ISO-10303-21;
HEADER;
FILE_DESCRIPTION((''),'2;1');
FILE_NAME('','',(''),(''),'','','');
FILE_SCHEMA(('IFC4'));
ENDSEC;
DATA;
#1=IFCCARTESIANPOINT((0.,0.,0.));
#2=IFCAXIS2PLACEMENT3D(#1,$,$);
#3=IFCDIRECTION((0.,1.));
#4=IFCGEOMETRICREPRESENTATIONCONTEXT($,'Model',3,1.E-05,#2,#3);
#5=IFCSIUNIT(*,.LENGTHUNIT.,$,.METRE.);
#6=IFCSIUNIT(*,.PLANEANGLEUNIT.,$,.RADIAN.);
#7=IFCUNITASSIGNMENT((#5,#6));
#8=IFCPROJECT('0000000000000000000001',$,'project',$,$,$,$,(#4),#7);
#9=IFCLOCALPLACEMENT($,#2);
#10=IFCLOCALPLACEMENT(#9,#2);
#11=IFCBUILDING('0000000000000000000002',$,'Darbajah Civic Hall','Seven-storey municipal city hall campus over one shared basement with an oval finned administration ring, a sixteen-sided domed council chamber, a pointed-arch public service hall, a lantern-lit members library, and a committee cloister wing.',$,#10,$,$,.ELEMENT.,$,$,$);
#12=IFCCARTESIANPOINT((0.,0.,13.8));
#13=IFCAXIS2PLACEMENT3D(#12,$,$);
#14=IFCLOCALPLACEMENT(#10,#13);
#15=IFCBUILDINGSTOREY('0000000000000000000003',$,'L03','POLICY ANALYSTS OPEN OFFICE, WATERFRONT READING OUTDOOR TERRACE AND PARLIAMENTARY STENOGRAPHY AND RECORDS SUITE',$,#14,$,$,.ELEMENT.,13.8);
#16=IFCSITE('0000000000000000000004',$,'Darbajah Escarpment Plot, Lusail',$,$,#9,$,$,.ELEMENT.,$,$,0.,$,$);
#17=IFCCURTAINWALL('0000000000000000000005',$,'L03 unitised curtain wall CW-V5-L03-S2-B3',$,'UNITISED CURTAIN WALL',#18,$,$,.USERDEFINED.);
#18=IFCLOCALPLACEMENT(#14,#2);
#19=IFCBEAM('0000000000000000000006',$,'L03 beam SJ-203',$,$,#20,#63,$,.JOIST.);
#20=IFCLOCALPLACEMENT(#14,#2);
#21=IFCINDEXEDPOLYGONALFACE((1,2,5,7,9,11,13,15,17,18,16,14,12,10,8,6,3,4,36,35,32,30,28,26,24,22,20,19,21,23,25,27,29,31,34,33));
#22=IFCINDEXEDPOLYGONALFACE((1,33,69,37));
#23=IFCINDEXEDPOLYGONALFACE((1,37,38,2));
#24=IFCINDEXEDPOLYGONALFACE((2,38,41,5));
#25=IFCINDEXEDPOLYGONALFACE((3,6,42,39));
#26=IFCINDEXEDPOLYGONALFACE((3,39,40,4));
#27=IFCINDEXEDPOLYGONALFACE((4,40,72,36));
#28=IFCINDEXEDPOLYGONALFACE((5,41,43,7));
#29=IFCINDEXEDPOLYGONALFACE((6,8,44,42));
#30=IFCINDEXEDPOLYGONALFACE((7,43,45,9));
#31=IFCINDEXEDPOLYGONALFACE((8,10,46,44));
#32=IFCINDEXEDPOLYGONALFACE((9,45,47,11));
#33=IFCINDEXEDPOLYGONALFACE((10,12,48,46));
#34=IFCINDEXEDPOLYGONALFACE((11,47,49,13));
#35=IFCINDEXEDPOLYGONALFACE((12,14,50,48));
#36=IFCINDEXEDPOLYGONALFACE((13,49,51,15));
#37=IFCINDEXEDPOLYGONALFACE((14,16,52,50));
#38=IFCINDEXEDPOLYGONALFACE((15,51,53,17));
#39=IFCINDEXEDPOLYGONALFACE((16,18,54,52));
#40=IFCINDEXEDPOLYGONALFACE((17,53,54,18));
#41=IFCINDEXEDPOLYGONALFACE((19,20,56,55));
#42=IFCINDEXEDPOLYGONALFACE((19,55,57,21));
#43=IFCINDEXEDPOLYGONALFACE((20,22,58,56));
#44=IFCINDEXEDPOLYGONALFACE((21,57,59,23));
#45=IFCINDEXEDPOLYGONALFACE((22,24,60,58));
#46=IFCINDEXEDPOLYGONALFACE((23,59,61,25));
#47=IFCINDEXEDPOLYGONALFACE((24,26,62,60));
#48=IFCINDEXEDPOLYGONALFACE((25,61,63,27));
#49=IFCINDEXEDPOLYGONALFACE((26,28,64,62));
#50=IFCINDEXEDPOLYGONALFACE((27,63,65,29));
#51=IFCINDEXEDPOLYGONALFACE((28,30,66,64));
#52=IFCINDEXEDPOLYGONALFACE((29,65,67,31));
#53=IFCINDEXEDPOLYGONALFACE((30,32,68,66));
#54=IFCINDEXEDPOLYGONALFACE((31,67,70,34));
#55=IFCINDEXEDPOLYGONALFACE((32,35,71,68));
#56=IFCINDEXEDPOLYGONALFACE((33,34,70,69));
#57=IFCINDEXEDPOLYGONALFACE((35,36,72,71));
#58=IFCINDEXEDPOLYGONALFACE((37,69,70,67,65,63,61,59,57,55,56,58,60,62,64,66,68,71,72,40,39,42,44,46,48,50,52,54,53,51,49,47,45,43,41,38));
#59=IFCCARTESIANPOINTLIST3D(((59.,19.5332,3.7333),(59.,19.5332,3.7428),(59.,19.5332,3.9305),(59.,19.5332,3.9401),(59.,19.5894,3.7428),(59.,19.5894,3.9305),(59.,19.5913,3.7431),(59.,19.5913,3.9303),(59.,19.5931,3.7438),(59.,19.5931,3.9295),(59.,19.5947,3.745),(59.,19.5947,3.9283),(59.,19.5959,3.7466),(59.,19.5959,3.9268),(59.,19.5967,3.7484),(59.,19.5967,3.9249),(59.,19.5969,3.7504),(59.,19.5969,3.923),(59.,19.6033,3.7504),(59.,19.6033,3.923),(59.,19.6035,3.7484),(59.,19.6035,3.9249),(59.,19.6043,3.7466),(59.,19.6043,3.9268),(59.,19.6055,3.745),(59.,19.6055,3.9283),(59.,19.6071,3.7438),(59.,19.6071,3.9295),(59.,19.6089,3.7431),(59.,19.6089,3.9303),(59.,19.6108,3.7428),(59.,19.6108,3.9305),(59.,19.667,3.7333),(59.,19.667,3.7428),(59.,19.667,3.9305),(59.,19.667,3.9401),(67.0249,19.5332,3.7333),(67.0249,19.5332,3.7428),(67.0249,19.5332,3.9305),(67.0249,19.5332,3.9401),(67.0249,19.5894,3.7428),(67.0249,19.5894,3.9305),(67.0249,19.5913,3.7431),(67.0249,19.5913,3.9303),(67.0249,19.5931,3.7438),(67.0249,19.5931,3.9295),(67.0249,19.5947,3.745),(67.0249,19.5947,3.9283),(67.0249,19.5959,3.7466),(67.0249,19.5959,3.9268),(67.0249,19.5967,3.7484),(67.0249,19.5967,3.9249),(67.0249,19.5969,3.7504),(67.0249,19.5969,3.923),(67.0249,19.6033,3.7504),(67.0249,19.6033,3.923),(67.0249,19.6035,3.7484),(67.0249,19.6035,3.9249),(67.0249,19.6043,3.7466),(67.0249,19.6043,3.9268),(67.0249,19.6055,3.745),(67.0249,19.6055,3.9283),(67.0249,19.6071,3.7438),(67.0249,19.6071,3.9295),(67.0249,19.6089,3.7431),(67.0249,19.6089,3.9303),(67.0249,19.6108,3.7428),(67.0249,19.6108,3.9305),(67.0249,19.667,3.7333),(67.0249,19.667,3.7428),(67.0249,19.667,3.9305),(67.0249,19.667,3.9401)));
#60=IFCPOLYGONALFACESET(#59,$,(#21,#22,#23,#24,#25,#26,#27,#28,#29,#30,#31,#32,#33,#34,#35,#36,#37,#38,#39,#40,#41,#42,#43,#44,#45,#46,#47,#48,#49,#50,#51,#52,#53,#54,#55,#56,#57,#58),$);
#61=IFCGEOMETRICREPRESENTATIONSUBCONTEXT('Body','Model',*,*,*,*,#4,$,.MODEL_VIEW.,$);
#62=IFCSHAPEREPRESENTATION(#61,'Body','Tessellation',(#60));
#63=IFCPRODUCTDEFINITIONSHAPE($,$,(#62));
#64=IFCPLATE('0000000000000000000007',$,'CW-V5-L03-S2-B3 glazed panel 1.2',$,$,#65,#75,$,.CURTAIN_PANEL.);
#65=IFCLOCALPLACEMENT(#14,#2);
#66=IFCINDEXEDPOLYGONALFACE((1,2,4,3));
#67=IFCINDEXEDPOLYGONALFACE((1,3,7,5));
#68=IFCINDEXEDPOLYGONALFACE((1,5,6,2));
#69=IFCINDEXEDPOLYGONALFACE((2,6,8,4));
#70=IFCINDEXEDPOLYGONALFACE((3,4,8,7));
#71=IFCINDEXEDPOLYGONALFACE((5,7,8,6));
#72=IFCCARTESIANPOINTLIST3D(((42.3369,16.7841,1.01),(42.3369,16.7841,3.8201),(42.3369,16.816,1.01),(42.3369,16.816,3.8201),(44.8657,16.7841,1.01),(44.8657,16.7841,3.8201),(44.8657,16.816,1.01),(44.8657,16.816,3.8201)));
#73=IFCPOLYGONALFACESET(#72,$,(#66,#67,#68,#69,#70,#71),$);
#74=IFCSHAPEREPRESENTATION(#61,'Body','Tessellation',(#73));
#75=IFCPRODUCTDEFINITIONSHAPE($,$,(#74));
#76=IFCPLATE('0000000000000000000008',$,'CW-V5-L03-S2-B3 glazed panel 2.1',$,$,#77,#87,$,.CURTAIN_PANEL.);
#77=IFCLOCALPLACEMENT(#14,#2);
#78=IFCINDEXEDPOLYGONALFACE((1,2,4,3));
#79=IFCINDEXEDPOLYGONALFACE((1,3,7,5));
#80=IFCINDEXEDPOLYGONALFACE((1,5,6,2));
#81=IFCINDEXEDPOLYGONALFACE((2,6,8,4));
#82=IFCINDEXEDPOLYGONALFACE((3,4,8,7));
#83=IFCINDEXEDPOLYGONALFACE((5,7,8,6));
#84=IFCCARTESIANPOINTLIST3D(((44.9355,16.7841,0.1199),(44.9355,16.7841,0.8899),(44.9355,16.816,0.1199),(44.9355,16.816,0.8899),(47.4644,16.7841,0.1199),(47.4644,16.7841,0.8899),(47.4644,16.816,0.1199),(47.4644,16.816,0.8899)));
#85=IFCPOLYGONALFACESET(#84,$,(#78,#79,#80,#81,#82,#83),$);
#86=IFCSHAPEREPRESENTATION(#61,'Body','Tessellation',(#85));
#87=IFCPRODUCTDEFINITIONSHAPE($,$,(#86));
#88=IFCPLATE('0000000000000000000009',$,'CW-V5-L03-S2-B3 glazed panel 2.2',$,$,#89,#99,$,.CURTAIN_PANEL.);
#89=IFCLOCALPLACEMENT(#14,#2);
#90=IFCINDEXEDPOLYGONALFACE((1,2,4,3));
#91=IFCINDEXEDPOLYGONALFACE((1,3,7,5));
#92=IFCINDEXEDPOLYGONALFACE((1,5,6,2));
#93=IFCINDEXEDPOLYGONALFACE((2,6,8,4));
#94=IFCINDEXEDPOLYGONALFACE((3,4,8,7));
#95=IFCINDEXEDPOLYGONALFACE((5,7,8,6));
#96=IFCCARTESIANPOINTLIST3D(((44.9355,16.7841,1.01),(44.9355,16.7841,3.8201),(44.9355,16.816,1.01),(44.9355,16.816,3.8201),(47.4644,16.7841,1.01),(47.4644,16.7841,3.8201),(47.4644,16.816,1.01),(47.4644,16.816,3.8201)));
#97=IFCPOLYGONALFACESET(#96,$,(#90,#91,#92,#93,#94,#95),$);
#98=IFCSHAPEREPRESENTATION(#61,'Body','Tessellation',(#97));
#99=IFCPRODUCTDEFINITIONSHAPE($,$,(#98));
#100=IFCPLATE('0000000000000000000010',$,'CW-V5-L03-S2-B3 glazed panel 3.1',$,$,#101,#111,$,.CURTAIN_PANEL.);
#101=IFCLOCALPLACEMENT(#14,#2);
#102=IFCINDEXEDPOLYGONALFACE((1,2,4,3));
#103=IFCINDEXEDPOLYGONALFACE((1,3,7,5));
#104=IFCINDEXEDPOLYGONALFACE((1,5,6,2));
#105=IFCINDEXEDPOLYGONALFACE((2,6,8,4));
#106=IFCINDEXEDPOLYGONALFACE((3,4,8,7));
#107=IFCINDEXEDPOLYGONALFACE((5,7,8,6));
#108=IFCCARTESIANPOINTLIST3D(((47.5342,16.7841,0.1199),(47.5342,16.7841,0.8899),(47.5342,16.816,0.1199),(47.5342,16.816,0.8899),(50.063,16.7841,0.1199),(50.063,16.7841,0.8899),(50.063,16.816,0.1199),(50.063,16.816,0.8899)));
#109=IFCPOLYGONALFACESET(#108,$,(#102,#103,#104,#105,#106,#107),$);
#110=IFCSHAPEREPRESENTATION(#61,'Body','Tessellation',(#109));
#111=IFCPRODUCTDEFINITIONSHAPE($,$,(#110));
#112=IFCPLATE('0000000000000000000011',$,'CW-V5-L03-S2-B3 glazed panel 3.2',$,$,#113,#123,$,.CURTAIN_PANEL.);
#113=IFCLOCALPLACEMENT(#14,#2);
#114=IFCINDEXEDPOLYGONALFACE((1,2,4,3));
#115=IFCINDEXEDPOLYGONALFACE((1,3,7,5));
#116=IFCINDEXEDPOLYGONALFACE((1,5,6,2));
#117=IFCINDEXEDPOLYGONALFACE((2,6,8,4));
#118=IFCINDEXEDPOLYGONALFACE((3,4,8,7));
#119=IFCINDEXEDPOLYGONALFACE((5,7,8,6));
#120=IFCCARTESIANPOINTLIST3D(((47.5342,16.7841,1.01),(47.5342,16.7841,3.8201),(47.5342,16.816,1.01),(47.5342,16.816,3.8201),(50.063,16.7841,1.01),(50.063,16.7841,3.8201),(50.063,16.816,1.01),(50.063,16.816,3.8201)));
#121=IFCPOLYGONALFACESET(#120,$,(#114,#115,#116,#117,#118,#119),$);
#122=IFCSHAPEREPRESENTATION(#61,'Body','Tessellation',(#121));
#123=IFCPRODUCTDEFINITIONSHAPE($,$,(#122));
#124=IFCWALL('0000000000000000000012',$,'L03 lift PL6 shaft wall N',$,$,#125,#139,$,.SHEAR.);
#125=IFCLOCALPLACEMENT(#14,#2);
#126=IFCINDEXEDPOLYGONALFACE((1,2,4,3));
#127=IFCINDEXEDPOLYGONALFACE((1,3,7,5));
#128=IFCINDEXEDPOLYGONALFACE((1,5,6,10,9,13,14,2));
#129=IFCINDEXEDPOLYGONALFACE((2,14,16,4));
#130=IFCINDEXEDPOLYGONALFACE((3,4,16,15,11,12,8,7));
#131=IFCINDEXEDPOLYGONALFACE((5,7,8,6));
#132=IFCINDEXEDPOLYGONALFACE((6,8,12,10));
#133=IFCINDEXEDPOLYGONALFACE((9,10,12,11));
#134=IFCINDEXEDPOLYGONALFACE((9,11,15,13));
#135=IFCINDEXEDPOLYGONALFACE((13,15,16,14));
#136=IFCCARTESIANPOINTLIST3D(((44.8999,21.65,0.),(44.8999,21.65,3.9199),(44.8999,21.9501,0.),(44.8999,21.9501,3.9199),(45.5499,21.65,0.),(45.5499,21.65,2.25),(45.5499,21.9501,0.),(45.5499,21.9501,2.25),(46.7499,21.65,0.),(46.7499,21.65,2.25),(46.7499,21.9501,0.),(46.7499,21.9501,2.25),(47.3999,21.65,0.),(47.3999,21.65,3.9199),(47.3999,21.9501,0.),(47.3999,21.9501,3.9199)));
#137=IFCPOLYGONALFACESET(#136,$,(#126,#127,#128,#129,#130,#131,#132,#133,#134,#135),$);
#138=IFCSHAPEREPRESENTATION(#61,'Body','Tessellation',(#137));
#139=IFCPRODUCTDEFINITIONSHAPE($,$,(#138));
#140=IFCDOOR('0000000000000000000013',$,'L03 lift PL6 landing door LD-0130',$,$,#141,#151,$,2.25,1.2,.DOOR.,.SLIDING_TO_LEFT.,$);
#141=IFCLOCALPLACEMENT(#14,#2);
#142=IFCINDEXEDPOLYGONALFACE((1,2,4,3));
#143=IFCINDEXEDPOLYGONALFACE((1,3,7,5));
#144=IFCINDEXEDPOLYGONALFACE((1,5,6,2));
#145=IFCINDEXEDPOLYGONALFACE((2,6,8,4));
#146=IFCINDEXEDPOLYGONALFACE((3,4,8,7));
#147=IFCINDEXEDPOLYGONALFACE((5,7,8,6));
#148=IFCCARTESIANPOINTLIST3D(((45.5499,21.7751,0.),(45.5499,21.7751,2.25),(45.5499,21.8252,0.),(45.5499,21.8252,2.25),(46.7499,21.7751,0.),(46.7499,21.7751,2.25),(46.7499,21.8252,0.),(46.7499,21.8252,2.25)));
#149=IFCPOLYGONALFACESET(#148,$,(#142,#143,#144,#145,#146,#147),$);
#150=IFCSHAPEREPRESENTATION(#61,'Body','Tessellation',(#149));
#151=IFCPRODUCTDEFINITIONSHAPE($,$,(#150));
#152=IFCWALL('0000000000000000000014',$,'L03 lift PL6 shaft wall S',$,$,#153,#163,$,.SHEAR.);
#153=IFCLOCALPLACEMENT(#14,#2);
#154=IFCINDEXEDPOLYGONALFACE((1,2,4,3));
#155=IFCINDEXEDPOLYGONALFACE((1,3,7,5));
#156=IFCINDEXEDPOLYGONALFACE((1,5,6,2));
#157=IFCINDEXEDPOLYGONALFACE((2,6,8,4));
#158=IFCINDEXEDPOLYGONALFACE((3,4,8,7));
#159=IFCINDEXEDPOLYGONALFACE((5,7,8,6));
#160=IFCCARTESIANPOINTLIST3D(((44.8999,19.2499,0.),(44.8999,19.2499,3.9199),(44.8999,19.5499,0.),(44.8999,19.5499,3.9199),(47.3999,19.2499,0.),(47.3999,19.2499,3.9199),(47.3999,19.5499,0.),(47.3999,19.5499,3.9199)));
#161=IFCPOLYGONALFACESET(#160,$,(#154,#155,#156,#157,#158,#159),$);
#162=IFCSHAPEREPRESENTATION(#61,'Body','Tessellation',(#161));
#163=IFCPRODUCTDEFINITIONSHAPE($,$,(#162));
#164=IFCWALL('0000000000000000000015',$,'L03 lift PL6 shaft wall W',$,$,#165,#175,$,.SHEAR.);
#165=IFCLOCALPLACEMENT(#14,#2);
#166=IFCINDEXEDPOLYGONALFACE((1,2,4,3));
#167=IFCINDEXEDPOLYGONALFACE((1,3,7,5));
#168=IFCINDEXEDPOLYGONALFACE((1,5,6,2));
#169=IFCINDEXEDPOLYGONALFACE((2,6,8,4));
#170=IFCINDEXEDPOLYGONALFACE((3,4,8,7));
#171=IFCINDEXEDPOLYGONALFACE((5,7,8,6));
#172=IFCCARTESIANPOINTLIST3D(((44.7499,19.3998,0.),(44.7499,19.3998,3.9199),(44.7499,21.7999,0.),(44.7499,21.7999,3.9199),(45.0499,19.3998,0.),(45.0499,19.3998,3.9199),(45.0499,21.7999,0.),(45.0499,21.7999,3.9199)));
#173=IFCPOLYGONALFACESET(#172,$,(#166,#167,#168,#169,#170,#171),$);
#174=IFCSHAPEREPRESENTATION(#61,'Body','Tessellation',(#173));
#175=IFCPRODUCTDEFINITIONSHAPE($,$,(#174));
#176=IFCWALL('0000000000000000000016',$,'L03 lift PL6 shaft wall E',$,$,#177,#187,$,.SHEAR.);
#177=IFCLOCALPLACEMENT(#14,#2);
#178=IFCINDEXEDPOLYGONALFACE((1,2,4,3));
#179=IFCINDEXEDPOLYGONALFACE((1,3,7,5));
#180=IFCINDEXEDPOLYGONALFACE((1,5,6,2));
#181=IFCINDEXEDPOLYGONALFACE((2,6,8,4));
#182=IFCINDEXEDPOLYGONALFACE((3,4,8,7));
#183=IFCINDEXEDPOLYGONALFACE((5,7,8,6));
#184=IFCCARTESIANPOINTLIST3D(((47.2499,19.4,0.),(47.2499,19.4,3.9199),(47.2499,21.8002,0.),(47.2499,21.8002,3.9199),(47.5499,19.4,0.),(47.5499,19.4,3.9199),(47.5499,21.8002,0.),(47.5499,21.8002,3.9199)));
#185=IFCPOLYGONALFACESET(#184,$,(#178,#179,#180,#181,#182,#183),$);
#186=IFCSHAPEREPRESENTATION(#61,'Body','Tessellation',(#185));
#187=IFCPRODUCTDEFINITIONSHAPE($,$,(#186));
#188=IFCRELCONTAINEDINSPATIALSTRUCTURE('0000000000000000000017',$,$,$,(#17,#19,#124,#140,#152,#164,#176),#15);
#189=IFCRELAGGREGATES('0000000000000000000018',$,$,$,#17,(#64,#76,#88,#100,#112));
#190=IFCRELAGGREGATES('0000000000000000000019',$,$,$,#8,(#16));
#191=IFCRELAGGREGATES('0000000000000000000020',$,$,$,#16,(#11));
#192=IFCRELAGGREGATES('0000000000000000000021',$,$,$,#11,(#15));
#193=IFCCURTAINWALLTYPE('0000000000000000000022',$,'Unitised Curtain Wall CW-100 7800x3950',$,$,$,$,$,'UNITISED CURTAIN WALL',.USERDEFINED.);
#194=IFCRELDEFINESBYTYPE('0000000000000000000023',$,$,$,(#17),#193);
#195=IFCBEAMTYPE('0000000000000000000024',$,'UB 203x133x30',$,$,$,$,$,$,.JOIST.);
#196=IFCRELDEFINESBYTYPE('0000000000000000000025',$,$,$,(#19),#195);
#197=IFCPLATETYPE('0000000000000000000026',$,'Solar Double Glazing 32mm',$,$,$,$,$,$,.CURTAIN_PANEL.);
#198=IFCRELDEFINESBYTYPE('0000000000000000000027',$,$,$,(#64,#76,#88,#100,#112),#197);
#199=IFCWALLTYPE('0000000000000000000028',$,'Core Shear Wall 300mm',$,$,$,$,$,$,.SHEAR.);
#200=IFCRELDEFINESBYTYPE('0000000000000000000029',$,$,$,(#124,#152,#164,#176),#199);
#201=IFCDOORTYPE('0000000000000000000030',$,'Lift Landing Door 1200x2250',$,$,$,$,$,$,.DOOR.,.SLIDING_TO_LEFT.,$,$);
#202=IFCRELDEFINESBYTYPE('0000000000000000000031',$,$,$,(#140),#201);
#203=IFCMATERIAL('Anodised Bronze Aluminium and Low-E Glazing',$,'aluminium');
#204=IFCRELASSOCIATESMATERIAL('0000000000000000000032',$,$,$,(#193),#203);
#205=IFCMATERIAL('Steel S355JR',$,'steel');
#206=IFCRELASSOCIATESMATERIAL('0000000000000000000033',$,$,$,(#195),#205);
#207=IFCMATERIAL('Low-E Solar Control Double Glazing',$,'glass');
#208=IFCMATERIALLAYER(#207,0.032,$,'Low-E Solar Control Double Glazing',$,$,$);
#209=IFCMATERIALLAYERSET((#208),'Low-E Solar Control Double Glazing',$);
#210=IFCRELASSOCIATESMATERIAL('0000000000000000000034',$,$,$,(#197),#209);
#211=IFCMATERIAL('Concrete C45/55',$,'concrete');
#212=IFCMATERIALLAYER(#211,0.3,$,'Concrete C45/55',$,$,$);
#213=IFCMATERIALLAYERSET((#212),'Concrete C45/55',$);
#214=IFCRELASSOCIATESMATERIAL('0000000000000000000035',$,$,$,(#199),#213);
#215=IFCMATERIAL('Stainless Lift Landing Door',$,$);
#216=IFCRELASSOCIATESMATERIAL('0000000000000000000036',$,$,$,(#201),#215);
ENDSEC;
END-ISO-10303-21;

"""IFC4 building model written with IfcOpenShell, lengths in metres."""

from ifc_helpers import new_model, si_unit, direction, frame, frame_2d, origin, origin_2d, place, context, subcontext, project, spatial, rectangle, i_section, extrude, material, layer, layer_set, material_profile, profile_set, type_object, element, fill, aggregate, save


model = new_model("IFC4")

# Units and contexts
model_context = context("Model", 3, precision=1e-05, world=origin(), true_north=direction((0.0, 1.0)))
body_context = subcontext(model_context, "Body", "Model", "MODEL_VIEW")
ifc_project = project(units=[si_unit("LENGTHUNIT", "METRE"), si_unit("PLANEANGLEUNIT", "RADIAN")], contexts=[model_context])

# Site, building, storey
site_placement = place(None, origin())
site = spatial("IfcSite", under=ifc_project, at=site_placement, Name="Darbajah Escarpment Plot, Lusail", CompositionType="ELEMENT", RefElevation=0.0)
building_placement = place(site_placement, origin())
building = spatial("IfcBuilding", under=site, at=building_placement, Name="Darbajah Civic Hall", Description="Seven-storey municipal city hall campus over one shared basement with an oval finned administration ring, a sixteen-sided domed council chamber, a pointed-arch public service hall, a lantern-lit members library, and a committee cloister wing.", CompositionType="ELEMENT")
storey_placement = place(building_placement, frame((0.0, 0.0, 13.8)))
storey = spatial("IfcBuildingStorey", under=building, at=storey_placement, Name="L03", Description="POLICY ANALYSTS OPEN OFFICE, WATERFRONT READING OUTDOOR TERRACE AND PARLIAMENTARY STENOGRAPHY AND RECORDS SUITE", CompositionType="ELEMENT", Elevation=13.8)

# Shared definitions
ifc_material_1 = material(Name="Concrete C45/55", Category="concrete")

# Curtain wall
ifc_material_2 = material(Name="Anodised Bronze Aluminium and Low-E Glazing", Category="aluminium")
curtain_wall_type = type_object("IfcCurtainWallType", Name="Unitised Curtain Wall CW-100 7800x3950", ElementType="UNITISED CURTAIN WALL", PredefinedType="USERDEFINED", material=ifc_material_2)
curtain_wall_placement = place(storey_placement, origin())
curtain_wall = element("IfcCurtainWall", 1, at=curtain_wall_placement, inside=storey, type_object=curtain_wall_type, Name="L03 unitised curtain wall CW-V5-L03-S2-B3", ObjectType="UNITISED CURTAIN WALL", PredefinedType="USERDEFINED")

# Beam
ifc_material_3 = material(Name="Steel S355JR", Category="steel")
ifc_material_profile_1 = material_profile(ifc_material_3, i_section(OverallWidth=0.1338, OverallDepth=0.2068, WebThickness=0.0063, FlangeThickness=0.0095, FilletRadius=0.0076, at=origin_2d()), Name="UB 203x133x30")
ifc_profile_set_1 = profile_set([ifc_material_profile_1], Name="Steel S355JR")
beam_type_1 = type_object("IfcBeamType", Name="UB 203x133x30", PredefinedType="JOIST", material=ifc_profile_set_1)
beam_1_placement = place(storey_placement, frame((59.0, 19.6001, 3.8367), z_axis=(1.0, 0.0, 0.0), x_axis=(0.0, 1.0, 0.0)))
element("IfcBeam", 2, at=beam_1_placement, inside=storey, type_object=beam_type_1, Name="L03 beam SJ-203", PredefinedType="JOIST", context=body_context, shape_type="SweptSolid", body=[
    extrude(i_section(OverallWidth=0.1338, OverallDepth=0.2068, WebThickness=0.0063, FlangeThickness=0.0095, FilletRadius=0.0076, at=origin_2d()), origin(), (0.0, 0.0, 1.0), 8.0249),
])

# Plates
ifc_material_4 = material(Name="Low-E Solar Control Double Glazing", Category="glass")
ifc_layer_1 = layer(ifc_material_4, 0.032, Name="Low-E Solar Control Double Glazing")
ifc_layer_set_1 = layer_set([ifc_layer_1], Name="Low-E Solar Control Double Glazing")
plate_type = type_object("IfcPlateType", Name="Solar Double Glazing 32mm", PredefinedType="CURTAIN_PANEL", material=ifc_layer_set_1)
plate_1_placement = place(storey_placement, frame((43.6013, 16.8, 1.01), z_axis=(0.0, 0.0, 1.0), x_axis=(1.0, 0.0, 0.0)))
plate_1 = element("IfcPlate", 3, at=plate_1_placement, type_object=plate_type, Name="CW-V5-L03-S2-B3 glazed panel 1.2", PredefinedType="CURTAIN_PANEL", context=body_context, shape_type="SweptSolid", body=[
    extrude(rectangle(XDim=2.5288, YDim=0.032, at=origin_2d()), origin(), (0.0, 0.0, 1.0), 2.8101),
])
plate_2_placement = place(storey_placement, frame((46.2, 16.8, 0.1199), z_axis=(0.0, 0.0, 1.0), x_axis=(1.0, 0.0, 0.0)))
plate_2 = element("IfcPlate", 4, at=plate_2_placement, type_object=plate_type, Name="CW-V5-L03-S2-B3 glazed panel 2.1", PredefinedType="CURTAIN_PANEL", context=body_context, shape_type="SweptSolid", body=[
    extrude(rectangle(XDim=2.5288, YDim=0.032, at=origin_2d()), origin(), (0.0, 0.0, 1.0), 0.77),
])
plate_3_placement = place(storey_placement, frame((46.2, 16.8, 1.01), z_axis=(0.0, 0.0, 1.0), x_axis=(1.0, 0.0, 0.0)))
plate_3 = element("IfcPlate", 5, at=plate_3_placement, type_object=plate_type, Name="CW-V5-L03-S2-B3 glazed panel 2.2", PredefinedType="CURTAIN_PANEL", context=body_context, shape_type="SweptSolid", body=[
    extrude(rectangle(XDim=2.5288, YDim=0.032, at=origin_2d()), origin(), (0.0, 0.0, 1.0), 2.8101),
])
plate_4_placement = place(storey_placement, frame((48.7986, 16.8, 0.1199), z_axis=(0.0, 0.0, 1.0), x_axis=(1.0, 0.0, 0.0)))
plate_4 = element("IfcPlate", 6, at=plate_4_placement, type_object=plate_type, Name="CW-V5-L03-S2-B3 glazed panel 3.1", PredefinedType="CURTAIN_PANEL", context=body_context, shape_type="SweptSolid", body=[
    extrude(rectangle(XDim=2.5288, YDim=0.032, at=origin_2d()), origin(), (0.0, 0.0, 1.0), 0.77),
])
plate_5_placement = place(storey_placement, frame((48.7986, 16.8, 1.01), z_axis=(0.0, 0.0, 1.0), x_axis=(1.0, 0.0, 0.0)))
plate_5 = element("IfcPlate", 7, at=plate_5_placement, type_object=plate_type, Name="CW-V5-L03-S2-B3 glazed panel 3.2", PredefinedType="CURTAIN_PANEL", context=body_context, shape_type="SweptSolid", body=[
    extrude(rectangle(XDim=2.5288, YDim=0.032, at=origin_2d()), origin(), (0.0, 0.0, 1.0), 2.8101),
])
aggregate(curtain_wall, [plate_1, plate_2, plate_3, plate_4, plate_5])

# Wall, opening, door
ifc_layer_2 = layer(ifc_material_1, 0.3, Name="Concrete C45/55")
ifc_layer_set_2 = layer_set([ifc_layer_2], Name="Concrete C45/55")
wall_type = type_object("IfcWallType", Name="Core Shear Wall 300mm", PredefinedType="SHEAR", material=ifc_layer_set_2)
wall_1_placement = place(storey_placement, frame((47.3999, 21.8, 0.0), z_axis=(0.0, 0.0, 1.0), x_axis=(-1.0, 0.0, 0.0)))
wall_1 = element("IfcWall", 8, at=wall_1_placement, inside=storey, type_object=wall_type, Name="L03 lift PL6 shaft wall N", PredefinedType="SHEAR", context=body_context, shape_type="SweptSolid", body=[
    extrude(rectangle(XDim=2.5, YDim=0.3, at=frame_2d((1.25, 0.0))), origin(), (0.0, 0.0, 1.0), 3.9199),
])
opening_placement = place(wall_1_placement, frame((0.6499, 0.0, 0.0)))
opening = element("IfcOpeningElement", 9, at=opening_placement, cuts=wall_1, PredefinedType="OPENING", context=body_context, shape_type="SweptSolid", body=[
    extrude(rectangle(XDim=1.2, YDim=2.25, at=frame_2d((0.6001, 1.125))), frame((0.0, 0.1599, 0.0), z_axis=(0.0, -1.0, 0.0), x_axis=(1.0, 0.0, 0.0)), (0.0, 0.0, 1.0), 0.3201),
])
ifc_material_5 = material(Name="Stainless Lift Landing Door")
door_type = type_object("IfcDoorType", Name="Lift Landing Door 1200x2250", OperationType="SLIDING_TO_LEFT", PredefinedType="DOOR", material=ifc_material_5)
door_placement = place(opening_placement, origin())
door = element("IfcDoor", 10, at=door_placement, inside=storey, type_object=door_type, Name="L03 lift PL6 landing door LD-0130", OperationType="SLIDING_TO_LEFT", OverallHeight=2.25, OverallWidth=1.2, PredefinedType="DOOR", context=body_context, shape_type="SweptSolid", body=[
    extrude(rectangle(XDim=1.2, YDim=2.25, at=frame_2d((0.6001, 1.125))), frame((0.0, 0.0249, 0.0), z_axis=(0.0, -1.0, 0.0), x_axis=(1.0, 0.0, 0.0)), (0.0, 0.0, 1.0), 0.05),
])
fill(opening, door)

# Walls
wall_2_placement = place(storey_placement, frame((44.8999, 19.3999, 0.0), z_axis=(0.0, 0.0, 1.0), x_axis=(1.0, 0.0, 0.0)))
element("IfcWall", 11, at=wall_2_placement, inside=storey, type_object=wall_type, Name="L03 lift PL6 shaft wall S", PredefinedType="SHEAR", context=body_context, shape_type="SweptSolid", body=[
    extrude(rectangle(XDim=2.5, YDim=0.3, at=frame_2d((1.25, 0.0))), origin(), (0.0, 0.0, 1.0), 3.9199),
])
for number, where, z_axis, x_axis, name in (
    (12, (44.8999, 21.8, 0.0), (0.0, 0.0, 1.0), (0.0, -1.0, 0.0), "L03 lift PL6 shaft wall W"),
    (13, (47.3999, 19.3999, 0.0), (0.0, 0.0, 1.0), (0.0, 1.0, 0.0), "L03 lift PL6 shaft wall E"),
):
    element("IfcWall", number, at=place(storey_placement, frame(where, z_axis=z_axis, x_axis=x_axis)), inside=storey, type_object=wall_type, Name=name, PredefinedType="SHEAR", context=body_context, shape_type="SweptSolid", body=[
        extrude(rectangle(XDim=2.4001, YDim=0.3, at=frame_2d((1.2002, 0.0))), origin(), (0.0, 0.0, 1.0), 3.9199),
    ])

save(model, "model.ifc")
